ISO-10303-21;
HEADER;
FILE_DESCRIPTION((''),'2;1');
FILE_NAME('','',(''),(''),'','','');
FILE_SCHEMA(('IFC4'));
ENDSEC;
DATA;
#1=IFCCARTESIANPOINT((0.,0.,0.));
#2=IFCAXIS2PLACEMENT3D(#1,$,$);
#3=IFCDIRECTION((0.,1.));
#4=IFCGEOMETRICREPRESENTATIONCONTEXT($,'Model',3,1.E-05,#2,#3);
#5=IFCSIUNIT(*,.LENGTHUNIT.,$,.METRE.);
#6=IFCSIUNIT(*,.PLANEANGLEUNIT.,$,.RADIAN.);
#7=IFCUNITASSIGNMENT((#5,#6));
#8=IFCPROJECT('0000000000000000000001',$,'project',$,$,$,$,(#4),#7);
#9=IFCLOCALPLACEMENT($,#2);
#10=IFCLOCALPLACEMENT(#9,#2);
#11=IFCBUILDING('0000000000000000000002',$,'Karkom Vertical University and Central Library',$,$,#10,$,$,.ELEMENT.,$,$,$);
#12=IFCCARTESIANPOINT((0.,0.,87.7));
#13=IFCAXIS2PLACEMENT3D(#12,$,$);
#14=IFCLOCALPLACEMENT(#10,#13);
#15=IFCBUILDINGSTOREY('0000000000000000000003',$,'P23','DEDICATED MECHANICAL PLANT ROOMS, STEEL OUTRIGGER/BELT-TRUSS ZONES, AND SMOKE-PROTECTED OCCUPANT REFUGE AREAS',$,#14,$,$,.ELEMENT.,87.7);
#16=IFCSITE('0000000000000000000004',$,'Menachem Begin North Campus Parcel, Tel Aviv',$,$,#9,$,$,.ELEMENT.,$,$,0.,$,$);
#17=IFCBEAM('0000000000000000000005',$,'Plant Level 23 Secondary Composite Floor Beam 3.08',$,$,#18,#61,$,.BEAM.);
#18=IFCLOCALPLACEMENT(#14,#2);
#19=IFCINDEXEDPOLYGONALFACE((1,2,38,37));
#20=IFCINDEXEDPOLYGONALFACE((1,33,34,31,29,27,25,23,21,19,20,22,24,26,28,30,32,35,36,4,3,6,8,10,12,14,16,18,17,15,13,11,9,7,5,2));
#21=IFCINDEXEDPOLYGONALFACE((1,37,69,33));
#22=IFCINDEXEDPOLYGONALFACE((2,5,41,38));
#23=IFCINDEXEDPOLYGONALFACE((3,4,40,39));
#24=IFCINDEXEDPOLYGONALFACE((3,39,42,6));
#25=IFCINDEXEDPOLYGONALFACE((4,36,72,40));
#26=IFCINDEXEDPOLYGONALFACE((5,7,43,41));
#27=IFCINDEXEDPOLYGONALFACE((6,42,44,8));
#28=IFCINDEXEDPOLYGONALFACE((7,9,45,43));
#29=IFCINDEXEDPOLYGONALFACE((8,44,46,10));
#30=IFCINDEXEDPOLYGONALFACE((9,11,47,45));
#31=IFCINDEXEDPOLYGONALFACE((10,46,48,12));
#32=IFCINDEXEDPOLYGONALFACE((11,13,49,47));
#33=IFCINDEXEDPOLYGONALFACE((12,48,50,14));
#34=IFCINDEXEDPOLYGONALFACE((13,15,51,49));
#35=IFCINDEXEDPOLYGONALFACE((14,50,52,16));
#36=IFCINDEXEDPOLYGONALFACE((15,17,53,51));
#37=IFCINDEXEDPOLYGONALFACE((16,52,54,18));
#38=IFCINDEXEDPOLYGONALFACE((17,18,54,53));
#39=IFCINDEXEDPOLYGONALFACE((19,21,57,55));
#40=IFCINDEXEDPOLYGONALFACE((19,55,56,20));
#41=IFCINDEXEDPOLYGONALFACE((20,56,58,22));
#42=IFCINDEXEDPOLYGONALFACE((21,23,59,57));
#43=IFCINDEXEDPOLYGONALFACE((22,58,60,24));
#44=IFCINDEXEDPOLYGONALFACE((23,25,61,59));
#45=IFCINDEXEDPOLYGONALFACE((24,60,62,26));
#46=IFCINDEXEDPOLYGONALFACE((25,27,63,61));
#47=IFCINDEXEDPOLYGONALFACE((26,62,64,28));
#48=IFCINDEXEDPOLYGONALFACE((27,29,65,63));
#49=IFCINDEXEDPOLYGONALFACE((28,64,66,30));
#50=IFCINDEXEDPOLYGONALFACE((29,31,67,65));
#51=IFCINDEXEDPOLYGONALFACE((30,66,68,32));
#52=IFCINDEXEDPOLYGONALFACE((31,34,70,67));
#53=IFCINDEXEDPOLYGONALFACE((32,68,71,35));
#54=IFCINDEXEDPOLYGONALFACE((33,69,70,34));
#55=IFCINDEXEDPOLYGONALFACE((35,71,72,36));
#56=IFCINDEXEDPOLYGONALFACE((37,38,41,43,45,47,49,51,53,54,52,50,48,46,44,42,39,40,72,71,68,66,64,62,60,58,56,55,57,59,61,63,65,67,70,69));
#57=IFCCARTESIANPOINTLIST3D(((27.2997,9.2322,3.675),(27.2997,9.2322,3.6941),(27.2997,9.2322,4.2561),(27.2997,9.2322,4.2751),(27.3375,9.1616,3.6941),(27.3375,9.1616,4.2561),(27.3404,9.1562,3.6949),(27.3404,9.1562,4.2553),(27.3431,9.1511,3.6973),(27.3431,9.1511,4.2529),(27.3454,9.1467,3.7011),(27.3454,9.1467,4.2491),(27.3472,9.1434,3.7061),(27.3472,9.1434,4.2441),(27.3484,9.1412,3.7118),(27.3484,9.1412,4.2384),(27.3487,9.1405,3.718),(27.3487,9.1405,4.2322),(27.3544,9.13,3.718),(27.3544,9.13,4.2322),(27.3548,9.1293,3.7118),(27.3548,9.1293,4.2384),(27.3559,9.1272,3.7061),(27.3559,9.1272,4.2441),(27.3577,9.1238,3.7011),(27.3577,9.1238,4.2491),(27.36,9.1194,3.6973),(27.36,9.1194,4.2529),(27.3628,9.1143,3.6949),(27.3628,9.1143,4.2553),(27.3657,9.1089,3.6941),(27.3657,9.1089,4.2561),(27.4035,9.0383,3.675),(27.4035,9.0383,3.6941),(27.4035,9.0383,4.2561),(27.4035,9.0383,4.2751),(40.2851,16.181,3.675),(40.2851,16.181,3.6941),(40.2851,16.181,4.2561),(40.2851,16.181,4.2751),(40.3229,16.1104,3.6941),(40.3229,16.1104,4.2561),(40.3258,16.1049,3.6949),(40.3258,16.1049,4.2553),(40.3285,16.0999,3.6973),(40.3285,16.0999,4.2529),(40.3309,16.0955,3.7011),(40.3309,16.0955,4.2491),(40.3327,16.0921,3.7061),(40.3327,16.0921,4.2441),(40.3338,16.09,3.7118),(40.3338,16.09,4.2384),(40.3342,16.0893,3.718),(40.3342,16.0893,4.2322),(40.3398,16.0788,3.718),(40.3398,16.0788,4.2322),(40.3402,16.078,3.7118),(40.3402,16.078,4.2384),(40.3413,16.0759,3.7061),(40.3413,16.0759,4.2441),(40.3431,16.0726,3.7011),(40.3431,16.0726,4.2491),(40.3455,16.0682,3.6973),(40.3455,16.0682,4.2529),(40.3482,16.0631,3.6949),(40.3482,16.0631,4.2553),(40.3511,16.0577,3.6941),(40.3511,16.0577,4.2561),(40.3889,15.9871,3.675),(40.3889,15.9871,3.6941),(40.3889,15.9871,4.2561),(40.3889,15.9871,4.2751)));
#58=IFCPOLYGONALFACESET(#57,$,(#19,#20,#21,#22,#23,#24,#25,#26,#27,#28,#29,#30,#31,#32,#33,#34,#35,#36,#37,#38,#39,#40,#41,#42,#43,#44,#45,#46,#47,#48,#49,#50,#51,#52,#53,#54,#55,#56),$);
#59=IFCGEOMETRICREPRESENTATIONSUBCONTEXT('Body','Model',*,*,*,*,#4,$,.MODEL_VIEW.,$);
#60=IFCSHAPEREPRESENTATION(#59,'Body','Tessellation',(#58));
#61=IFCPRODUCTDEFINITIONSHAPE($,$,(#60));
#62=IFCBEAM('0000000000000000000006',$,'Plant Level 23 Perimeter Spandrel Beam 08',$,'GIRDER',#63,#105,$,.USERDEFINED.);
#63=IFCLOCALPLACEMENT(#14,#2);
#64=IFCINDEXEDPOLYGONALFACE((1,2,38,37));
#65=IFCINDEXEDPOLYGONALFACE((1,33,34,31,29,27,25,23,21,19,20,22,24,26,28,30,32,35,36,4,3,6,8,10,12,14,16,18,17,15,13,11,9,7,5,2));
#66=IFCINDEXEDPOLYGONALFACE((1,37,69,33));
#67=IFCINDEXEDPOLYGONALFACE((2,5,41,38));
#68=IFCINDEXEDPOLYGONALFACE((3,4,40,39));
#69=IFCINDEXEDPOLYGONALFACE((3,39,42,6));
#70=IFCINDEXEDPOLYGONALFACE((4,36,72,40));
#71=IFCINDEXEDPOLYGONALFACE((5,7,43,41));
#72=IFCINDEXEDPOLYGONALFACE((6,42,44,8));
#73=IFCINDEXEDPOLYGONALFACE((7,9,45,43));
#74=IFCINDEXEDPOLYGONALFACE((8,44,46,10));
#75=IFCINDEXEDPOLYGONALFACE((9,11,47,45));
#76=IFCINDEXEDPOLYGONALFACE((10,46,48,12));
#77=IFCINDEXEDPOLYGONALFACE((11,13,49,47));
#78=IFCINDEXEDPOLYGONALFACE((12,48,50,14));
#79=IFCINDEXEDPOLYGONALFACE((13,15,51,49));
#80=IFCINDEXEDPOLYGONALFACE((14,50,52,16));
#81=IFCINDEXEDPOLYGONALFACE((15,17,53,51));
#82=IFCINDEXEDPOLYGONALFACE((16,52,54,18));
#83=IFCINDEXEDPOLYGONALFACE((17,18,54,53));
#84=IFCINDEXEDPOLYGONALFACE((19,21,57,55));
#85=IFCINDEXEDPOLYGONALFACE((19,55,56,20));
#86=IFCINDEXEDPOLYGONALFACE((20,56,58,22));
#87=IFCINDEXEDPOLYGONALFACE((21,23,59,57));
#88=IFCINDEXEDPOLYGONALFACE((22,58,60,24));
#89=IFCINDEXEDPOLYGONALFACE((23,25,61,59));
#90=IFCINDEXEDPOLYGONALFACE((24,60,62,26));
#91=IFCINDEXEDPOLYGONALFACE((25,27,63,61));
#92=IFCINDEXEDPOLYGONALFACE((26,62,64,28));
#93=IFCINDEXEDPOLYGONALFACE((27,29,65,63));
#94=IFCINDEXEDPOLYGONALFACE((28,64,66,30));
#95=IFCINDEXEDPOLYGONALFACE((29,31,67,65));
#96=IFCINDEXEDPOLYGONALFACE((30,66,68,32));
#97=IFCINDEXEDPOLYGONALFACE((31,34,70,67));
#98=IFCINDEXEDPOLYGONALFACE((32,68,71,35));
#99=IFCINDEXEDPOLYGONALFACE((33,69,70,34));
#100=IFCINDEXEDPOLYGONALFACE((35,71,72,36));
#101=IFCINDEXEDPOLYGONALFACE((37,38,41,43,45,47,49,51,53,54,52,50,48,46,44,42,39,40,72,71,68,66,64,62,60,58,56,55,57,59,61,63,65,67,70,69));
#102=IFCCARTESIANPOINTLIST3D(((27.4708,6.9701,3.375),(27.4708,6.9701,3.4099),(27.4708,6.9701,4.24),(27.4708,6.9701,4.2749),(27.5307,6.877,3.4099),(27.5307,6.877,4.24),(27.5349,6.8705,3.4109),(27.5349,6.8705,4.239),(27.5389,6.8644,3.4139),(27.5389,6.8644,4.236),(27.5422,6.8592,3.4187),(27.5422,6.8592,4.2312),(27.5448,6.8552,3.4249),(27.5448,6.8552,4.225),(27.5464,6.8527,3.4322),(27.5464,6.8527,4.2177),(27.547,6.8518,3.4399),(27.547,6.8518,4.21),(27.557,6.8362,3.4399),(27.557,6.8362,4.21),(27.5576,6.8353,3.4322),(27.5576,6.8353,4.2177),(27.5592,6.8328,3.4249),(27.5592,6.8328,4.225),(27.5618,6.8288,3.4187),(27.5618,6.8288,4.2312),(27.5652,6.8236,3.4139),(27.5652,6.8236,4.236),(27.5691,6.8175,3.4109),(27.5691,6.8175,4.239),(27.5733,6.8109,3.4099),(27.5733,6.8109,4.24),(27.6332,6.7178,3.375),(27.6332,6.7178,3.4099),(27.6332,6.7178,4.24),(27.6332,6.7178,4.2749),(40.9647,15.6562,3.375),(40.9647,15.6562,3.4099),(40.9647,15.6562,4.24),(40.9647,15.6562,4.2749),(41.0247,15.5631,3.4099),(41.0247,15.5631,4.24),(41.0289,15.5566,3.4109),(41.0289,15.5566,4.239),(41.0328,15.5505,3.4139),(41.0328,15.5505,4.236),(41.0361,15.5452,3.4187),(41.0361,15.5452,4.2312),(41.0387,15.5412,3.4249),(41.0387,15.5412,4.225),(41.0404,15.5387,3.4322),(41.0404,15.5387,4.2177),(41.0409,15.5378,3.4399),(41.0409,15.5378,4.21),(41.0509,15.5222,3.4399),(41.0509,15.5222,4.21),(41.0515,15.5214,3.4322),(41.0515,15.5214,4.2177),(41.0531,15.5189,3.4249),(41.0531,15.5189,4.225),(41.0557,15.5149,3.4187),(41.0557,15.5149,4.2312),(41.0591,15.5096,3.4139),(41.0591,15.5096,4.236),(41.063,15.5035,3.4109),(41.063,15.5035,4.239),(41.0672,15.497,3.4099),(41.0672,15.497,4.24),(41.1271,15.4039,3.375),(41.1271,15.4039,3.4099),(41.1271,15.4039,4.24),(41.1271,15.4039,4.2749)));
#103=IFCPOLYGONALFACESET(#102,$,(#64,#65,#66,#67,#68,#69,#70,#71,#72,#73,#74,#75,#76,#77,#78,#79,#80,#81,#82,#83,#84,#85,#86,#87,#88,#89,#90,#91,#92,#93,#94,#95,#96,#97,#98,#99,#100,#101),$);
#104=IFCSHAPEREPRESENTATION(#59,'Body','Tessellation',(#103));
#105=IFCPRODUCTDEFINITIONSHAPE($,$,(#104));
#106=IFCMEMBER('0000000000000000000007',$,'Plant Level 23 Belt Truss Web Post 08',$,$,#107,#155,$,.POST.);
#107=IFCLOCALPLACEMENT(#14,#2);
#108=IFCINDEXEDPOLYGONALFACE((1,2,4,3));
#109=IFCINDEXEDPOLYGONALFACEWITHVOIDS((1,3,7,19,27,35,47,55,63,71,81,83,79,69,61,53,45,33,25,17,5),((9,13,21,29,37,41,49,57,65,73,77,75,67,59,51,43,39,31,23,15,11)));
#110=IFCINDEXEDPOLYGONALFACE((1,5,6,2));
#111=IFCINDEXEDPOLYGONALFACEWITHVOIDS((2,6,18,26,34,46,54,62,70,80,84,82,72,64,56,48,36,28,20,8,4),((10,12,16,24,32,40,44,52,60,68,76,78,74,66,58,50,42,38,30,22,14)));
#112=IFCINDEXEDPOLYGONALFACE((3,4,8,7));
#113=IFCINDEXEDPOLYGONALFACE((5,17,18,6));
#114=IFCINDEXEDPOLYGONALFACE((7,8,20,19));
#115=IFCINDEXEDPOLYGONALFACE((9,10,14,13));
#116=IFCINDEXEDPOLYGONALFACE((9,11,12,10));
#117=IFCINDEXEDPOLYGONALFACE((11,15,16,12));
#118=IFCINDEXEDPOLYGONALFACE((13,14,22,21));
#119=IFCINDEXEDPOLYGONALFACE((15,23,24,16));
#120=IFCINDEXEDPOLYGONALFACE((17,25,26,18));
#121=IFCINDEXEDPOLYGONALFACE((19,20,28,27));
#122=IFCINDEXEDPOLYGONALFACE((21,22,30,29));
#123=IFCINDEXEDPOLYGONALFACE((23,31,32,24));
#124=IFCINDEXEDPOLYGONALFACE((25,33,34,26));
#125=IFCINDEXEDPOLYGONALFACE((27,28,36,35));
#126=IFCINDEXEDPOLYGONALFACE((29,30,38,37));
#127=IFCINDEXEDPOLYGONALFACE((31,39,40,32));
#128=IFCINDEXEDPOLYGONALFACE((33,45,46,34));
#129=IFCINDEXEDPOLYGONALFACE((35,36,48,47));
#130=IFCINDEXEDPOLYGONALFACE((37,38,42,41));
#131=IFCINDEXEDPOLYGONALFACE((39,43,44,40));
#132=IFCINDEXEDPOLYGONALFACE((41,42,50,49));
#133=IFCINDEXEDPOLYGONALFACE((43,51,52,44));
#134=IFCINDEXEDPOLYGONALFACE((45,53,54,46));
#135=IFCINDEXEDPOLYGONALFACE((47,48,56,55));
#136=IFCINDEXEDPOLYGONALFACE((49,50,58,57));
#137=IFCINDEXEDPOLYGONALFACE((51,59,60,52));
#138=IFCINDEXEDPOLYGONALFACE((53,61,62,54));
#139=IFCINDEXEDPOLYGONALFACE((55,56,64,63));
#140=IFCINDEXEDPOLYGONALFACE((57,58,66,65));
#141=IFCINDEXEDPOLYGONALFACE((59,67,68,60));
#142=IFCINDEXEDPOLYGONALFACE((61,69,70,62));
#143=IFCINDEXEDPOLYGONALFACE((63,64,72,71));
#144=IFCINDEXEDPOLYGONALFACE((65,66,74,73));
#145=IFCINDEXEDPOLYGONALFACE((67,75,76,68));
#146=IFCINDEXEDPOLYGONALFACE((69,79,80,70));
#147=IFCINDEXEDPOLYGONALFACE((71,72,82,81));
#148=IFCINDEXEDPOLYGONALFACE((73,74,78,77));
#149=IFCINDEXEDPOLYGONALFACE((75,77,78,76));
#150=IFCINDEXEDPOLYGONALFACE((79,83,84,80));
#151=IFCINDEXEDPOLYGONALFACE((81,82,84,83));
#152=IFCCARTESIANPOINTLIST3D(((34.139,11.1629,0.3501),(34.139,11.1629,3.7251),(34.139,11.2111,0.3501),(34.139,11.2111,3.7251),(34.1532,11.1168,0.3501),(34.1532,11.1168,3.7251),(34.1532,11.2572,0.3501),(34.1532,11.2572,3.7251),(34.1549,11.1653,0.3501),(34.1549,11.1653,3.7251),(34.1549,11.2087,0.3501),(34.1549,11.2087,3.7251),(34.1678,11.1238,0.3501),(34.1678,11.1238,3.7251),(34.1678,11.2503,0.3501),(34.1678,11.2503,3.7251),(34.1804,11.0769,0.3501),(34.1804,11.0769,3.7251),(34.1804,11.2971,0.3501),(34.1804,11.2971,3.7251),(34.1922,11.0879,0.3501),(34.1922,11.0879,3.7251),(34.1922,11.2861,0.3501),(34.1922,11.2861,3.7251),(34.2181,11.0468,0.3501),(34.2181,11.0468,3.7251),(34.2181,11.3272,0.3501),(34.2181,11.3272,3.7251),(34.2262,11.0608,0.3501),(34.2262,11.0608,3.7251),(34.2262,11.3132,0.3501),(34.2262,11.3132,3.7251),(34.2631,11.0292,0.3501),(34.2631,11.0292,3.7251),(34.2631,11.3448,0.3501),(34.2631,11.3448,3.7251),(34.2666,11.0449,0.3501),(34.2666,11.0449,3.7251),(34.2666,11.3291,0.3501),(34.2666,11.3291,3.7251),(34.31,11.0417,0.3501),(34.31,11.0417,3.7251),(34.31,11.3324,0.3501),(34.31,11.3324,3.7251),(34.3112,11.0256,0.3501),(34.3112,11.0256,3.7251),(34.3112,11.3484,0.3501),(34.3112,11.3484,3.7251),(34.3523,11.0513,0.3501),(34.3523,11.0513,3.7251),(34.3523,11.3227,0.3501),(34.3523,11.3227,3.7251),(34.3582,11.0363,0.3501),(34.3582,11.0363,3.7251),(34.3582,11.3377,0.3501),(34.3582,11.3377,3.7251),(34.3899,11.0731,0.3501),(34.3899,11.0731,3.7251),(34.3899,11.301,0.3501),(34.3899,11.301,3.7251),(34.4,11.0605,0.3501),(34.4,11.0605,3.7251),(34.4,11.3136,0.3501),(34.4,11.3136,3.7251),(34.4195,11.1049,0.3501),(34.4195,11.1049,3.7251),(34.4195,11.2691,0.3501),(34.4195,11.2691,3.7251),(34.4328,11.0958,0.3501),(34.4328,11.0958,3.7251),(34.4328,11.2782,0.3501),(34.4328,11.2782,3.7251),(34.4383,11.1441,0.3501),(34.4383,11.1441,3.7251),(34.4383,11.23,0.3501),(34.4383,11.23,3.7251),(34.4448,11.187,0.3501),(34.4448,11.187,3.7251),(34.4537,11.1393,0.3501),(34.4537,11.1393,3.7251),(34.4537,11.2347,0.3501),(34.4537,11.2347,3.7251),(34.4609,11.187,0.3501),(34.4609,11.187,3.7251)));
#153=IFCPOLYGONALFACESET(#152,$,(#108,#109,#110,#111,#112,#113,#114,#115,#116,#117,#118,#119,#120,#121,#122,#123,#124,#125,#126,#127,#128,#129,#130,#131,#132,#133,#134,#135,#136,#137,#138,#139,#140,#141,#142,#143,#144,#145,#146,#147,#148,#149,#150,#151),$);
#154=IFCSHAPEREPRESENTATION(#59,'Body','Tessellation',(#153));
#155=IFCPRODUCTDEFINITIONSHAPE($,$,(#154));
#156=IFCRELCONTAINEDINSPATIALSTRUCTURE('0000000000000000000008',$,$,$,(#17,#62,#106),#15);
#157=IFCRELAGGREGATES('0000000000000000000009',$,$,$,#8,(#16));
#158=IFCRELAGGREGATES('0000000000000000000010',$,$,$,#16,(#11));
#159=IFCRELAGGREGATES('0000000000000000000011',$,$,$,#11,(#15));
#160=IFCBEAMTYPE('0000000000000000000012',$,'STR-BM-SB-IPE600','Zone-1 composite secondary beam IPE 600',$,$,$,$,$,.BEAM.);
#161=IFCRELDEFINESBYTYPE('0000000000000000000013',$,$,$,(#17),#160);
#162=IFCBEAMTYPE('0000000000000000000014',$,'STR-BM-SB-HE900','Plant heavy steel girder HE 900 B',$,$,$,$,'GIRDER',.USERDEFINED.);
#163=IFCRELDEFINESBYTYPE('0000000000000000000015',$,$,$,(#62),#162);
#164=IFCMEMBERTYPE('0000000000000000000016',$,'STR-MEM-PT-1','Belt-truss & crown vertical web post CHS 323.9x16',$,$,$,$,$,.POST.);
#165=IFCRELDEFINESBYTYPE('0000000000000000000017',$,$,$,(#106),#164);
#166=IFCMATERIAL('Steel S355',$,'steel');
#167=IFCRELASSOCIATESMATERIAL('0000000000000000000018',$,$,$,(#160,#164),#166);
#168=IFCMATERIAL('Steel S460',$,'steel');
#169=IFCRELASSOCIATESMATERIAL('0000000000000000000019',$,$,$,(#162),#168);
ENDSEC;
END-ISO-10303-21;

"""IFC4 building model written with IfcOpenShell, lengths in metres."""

from ifc_helpers import new_model, si_unit, direction, frame, origin, origin_with_axes, origin_2d, place, context, subcontext, project, spatial, hollow_circle, i_section, extrude, source, transform, mapped, material, material_profile, profile_set, type_object, element, save


model = new_model("IFC4")

# Units and contexts
model_context = context("Model", 3, precision=1e-05, world=origin(), true_north=direction((0.0, 1.0)))
body_context = subcontext(model_context, "Body", "Model", "MODEL_VIEW")
ifc_project = project(units=[si_unit("LENGTHUNIT", "METRE"), si_unit("PLANEANGLEUNIT", "RADIAN")], contexts=[model_context])

# Site, building, storey
site_placement = place(None, origin())
site = spatial("IfcSite", under=ifc_project, at=site_placement, Name="Menachem Begin North Campus Parcel, Tel Aviv", CompositionType="ELEMENT", RefElevation=0.0)
building_placement = place(site_placement, origin())
building = spatial("IfcBuilding", under=site, at=building_placement, Name="Karkom Vertical University and Central Library", CompositionType="ELEMENT")
storey_placement = place(building_placement, frame((0.0, 0.0, 87.7)))
storey = spatial("IfcBuildingStorey", under=building, at=storey_placement, Name="P23", Description="DEDICATED MECHANICAL PLANT ROOMS, STEEL OUTRIGGER/BELT-TRUSS ZONES, AND SMOKE-PROTECTED OCCUPANT REFUGE AREAS", CompositionType="ELEMENT", Elevation=87.7)

# Beams
ifc_material_1 = material(Name="Steel S355", Category="steel")
ifc_material_profile_1 = material_profile(ifc_material_1, i_section(OverallWidth=0.22, OverallDepth=0.6001, WebThickness=0.012, FlangeThickness=0.019, FilletRadius=0.0239, at=origin_2d()), Name="IPE 600")
ifc_profile_set_1 = profile_set([ifc_material_profile_1], Name="Steel S355")
beam_type_1 = type_object("IfcBeamType", Name="STR-BM-SB-IPE600", Description="Zone-1 composite secondary beam IPE 600", PredefinedType="BEAM", material=ifc_profile_set_1)
shared_shape_1 = source(origin_with_axes(), body_context, "Body", "SweptSolid", [
    extrude(i_section(OverallWidth=0.22, OverallDepth=0.6001, WebThickness=0.012, FlangeThickness=0.019, FilletRadius=0.0239, at=origin_2d()), origin(), (0.0, 0.0, 1.0), 14.7278),
])
beam_1_placement = place(storey_placement, frame((27.3516, 9.1353, 3.9751), z_axis=(0.881698, 0.471815, 0.0), x_axis=(-0.471815, 0.881698, 0.0)))
element("IfcBeam", 1, at=beam_1_placement, inside=storey, type_object=beam_type_1, Name="Plant Level 23 Secondary Composite Floor Beam 3.08", PredefinedType="BEAM", context=body_context, shape_type="MappedRepresentation", body=[
    mapped(shared_shape_1, transform((0.0, 0.0, 0.0), scale=1.0)),
])
ifc_material_2 = material(Name="Steel S460", Category="steel")
ifc_material_profile_2 = material_profile(ifc_material_2, i_section(OverallWidth=0.3, OverallDepth=0.8999, WebThickness=0.0186, FlangeThickness=0.0349, FilletRadius=0.03, at=origin_2d()), Name="HE 900 B")
ifc_profile_set_2 = profile_set([ifc_material_profile_2], Name="Steel S460")
beam_type_2 = type_object("IfcBeamType", Name="STR-BM-SB-HE900", Description="Plant heavy steel girder HE 900 B", ElementType="GIRDER", PredefinedType="USERDEFINED", material=ifc_profile_set_2)
shared_shape_2 = source(origin_with_axes(), body_context, "Body", "SweptSolid", [
    extrude(i_section(OverallWidth=0.3, OverallDepth=0.8999, WebThickness=0.0186, FlangeThickness=0.0349, FilletRadius=0.03, at=origin_2d()), origin(), (0.0, 0.0, 1.0), 16.0479),
])
beam_2_placement = place(storey_placement, frame((27.552, 6.844, 3.825), z_axis=(0.840856, 0.54126, 0.0), x_axis=(-0.54126, 0.840856, 0.0)))
element("IfcBeam", 2, at=beam_2_placement, inside=storey, type_object=beam_type_2, Name="Plant Level 23 Perimeter Spandrel Beam 08", ObjectType="GIRDER", PredefinedType="USERDEFINED", context=body_context, shape_type="MappedRepresentation", body=[
    mapped(shared_shape_2, transform((0.0, 0.0, 0.0), scale=1.0)),
])

# Member
ifc_material_profile_3 = material_profile(ifc_material_1, hollow_circle(Radius=0.1619, WallThickness=0.0161, at=origin_2d()), Name="CHS 323.9x16")
ifc_profile_set_3 = profile_set([ifc_material_profile_3], Name="Steel S355")
member_type_1 = type_object("IfcMemberType", Name="STR-MEM-PT-1", Description="Belt-truss & crown vertical web post CHS 323.9x16", PredefinedType="POST", material=ifc_profile_set_3)
shared_shape_3 = source(origin_with_axes(), body_context, "Body", "SweptSolid", [
    extrude(hollow_circle(Radius=0.1619, WallThickness=0.0161, at=origin_2d()), origin(), (0.0, 0.0, 1.0), 3.375),
])
member_1_placement = place(storey_placement, frame((34.2991, 11.187, 0.3501), z_axis=(0.0, 0.0, 1.0), x_axis=(1.0, 0.0, 0.0)))
element("IfcMember", 3, at=member_1_placement, inside=storey, type_object=member_type_1, Name="Plant Level 23 Belt Truss Web Post 08", PredefinedType="POST", context=body_context, shape_type="MappedRepresentation", body=[
    mapped(shared_shape_3, transform((0.0, 0.0, 0.0), scale=1.0)),
])

save(model, "model.ifc")
